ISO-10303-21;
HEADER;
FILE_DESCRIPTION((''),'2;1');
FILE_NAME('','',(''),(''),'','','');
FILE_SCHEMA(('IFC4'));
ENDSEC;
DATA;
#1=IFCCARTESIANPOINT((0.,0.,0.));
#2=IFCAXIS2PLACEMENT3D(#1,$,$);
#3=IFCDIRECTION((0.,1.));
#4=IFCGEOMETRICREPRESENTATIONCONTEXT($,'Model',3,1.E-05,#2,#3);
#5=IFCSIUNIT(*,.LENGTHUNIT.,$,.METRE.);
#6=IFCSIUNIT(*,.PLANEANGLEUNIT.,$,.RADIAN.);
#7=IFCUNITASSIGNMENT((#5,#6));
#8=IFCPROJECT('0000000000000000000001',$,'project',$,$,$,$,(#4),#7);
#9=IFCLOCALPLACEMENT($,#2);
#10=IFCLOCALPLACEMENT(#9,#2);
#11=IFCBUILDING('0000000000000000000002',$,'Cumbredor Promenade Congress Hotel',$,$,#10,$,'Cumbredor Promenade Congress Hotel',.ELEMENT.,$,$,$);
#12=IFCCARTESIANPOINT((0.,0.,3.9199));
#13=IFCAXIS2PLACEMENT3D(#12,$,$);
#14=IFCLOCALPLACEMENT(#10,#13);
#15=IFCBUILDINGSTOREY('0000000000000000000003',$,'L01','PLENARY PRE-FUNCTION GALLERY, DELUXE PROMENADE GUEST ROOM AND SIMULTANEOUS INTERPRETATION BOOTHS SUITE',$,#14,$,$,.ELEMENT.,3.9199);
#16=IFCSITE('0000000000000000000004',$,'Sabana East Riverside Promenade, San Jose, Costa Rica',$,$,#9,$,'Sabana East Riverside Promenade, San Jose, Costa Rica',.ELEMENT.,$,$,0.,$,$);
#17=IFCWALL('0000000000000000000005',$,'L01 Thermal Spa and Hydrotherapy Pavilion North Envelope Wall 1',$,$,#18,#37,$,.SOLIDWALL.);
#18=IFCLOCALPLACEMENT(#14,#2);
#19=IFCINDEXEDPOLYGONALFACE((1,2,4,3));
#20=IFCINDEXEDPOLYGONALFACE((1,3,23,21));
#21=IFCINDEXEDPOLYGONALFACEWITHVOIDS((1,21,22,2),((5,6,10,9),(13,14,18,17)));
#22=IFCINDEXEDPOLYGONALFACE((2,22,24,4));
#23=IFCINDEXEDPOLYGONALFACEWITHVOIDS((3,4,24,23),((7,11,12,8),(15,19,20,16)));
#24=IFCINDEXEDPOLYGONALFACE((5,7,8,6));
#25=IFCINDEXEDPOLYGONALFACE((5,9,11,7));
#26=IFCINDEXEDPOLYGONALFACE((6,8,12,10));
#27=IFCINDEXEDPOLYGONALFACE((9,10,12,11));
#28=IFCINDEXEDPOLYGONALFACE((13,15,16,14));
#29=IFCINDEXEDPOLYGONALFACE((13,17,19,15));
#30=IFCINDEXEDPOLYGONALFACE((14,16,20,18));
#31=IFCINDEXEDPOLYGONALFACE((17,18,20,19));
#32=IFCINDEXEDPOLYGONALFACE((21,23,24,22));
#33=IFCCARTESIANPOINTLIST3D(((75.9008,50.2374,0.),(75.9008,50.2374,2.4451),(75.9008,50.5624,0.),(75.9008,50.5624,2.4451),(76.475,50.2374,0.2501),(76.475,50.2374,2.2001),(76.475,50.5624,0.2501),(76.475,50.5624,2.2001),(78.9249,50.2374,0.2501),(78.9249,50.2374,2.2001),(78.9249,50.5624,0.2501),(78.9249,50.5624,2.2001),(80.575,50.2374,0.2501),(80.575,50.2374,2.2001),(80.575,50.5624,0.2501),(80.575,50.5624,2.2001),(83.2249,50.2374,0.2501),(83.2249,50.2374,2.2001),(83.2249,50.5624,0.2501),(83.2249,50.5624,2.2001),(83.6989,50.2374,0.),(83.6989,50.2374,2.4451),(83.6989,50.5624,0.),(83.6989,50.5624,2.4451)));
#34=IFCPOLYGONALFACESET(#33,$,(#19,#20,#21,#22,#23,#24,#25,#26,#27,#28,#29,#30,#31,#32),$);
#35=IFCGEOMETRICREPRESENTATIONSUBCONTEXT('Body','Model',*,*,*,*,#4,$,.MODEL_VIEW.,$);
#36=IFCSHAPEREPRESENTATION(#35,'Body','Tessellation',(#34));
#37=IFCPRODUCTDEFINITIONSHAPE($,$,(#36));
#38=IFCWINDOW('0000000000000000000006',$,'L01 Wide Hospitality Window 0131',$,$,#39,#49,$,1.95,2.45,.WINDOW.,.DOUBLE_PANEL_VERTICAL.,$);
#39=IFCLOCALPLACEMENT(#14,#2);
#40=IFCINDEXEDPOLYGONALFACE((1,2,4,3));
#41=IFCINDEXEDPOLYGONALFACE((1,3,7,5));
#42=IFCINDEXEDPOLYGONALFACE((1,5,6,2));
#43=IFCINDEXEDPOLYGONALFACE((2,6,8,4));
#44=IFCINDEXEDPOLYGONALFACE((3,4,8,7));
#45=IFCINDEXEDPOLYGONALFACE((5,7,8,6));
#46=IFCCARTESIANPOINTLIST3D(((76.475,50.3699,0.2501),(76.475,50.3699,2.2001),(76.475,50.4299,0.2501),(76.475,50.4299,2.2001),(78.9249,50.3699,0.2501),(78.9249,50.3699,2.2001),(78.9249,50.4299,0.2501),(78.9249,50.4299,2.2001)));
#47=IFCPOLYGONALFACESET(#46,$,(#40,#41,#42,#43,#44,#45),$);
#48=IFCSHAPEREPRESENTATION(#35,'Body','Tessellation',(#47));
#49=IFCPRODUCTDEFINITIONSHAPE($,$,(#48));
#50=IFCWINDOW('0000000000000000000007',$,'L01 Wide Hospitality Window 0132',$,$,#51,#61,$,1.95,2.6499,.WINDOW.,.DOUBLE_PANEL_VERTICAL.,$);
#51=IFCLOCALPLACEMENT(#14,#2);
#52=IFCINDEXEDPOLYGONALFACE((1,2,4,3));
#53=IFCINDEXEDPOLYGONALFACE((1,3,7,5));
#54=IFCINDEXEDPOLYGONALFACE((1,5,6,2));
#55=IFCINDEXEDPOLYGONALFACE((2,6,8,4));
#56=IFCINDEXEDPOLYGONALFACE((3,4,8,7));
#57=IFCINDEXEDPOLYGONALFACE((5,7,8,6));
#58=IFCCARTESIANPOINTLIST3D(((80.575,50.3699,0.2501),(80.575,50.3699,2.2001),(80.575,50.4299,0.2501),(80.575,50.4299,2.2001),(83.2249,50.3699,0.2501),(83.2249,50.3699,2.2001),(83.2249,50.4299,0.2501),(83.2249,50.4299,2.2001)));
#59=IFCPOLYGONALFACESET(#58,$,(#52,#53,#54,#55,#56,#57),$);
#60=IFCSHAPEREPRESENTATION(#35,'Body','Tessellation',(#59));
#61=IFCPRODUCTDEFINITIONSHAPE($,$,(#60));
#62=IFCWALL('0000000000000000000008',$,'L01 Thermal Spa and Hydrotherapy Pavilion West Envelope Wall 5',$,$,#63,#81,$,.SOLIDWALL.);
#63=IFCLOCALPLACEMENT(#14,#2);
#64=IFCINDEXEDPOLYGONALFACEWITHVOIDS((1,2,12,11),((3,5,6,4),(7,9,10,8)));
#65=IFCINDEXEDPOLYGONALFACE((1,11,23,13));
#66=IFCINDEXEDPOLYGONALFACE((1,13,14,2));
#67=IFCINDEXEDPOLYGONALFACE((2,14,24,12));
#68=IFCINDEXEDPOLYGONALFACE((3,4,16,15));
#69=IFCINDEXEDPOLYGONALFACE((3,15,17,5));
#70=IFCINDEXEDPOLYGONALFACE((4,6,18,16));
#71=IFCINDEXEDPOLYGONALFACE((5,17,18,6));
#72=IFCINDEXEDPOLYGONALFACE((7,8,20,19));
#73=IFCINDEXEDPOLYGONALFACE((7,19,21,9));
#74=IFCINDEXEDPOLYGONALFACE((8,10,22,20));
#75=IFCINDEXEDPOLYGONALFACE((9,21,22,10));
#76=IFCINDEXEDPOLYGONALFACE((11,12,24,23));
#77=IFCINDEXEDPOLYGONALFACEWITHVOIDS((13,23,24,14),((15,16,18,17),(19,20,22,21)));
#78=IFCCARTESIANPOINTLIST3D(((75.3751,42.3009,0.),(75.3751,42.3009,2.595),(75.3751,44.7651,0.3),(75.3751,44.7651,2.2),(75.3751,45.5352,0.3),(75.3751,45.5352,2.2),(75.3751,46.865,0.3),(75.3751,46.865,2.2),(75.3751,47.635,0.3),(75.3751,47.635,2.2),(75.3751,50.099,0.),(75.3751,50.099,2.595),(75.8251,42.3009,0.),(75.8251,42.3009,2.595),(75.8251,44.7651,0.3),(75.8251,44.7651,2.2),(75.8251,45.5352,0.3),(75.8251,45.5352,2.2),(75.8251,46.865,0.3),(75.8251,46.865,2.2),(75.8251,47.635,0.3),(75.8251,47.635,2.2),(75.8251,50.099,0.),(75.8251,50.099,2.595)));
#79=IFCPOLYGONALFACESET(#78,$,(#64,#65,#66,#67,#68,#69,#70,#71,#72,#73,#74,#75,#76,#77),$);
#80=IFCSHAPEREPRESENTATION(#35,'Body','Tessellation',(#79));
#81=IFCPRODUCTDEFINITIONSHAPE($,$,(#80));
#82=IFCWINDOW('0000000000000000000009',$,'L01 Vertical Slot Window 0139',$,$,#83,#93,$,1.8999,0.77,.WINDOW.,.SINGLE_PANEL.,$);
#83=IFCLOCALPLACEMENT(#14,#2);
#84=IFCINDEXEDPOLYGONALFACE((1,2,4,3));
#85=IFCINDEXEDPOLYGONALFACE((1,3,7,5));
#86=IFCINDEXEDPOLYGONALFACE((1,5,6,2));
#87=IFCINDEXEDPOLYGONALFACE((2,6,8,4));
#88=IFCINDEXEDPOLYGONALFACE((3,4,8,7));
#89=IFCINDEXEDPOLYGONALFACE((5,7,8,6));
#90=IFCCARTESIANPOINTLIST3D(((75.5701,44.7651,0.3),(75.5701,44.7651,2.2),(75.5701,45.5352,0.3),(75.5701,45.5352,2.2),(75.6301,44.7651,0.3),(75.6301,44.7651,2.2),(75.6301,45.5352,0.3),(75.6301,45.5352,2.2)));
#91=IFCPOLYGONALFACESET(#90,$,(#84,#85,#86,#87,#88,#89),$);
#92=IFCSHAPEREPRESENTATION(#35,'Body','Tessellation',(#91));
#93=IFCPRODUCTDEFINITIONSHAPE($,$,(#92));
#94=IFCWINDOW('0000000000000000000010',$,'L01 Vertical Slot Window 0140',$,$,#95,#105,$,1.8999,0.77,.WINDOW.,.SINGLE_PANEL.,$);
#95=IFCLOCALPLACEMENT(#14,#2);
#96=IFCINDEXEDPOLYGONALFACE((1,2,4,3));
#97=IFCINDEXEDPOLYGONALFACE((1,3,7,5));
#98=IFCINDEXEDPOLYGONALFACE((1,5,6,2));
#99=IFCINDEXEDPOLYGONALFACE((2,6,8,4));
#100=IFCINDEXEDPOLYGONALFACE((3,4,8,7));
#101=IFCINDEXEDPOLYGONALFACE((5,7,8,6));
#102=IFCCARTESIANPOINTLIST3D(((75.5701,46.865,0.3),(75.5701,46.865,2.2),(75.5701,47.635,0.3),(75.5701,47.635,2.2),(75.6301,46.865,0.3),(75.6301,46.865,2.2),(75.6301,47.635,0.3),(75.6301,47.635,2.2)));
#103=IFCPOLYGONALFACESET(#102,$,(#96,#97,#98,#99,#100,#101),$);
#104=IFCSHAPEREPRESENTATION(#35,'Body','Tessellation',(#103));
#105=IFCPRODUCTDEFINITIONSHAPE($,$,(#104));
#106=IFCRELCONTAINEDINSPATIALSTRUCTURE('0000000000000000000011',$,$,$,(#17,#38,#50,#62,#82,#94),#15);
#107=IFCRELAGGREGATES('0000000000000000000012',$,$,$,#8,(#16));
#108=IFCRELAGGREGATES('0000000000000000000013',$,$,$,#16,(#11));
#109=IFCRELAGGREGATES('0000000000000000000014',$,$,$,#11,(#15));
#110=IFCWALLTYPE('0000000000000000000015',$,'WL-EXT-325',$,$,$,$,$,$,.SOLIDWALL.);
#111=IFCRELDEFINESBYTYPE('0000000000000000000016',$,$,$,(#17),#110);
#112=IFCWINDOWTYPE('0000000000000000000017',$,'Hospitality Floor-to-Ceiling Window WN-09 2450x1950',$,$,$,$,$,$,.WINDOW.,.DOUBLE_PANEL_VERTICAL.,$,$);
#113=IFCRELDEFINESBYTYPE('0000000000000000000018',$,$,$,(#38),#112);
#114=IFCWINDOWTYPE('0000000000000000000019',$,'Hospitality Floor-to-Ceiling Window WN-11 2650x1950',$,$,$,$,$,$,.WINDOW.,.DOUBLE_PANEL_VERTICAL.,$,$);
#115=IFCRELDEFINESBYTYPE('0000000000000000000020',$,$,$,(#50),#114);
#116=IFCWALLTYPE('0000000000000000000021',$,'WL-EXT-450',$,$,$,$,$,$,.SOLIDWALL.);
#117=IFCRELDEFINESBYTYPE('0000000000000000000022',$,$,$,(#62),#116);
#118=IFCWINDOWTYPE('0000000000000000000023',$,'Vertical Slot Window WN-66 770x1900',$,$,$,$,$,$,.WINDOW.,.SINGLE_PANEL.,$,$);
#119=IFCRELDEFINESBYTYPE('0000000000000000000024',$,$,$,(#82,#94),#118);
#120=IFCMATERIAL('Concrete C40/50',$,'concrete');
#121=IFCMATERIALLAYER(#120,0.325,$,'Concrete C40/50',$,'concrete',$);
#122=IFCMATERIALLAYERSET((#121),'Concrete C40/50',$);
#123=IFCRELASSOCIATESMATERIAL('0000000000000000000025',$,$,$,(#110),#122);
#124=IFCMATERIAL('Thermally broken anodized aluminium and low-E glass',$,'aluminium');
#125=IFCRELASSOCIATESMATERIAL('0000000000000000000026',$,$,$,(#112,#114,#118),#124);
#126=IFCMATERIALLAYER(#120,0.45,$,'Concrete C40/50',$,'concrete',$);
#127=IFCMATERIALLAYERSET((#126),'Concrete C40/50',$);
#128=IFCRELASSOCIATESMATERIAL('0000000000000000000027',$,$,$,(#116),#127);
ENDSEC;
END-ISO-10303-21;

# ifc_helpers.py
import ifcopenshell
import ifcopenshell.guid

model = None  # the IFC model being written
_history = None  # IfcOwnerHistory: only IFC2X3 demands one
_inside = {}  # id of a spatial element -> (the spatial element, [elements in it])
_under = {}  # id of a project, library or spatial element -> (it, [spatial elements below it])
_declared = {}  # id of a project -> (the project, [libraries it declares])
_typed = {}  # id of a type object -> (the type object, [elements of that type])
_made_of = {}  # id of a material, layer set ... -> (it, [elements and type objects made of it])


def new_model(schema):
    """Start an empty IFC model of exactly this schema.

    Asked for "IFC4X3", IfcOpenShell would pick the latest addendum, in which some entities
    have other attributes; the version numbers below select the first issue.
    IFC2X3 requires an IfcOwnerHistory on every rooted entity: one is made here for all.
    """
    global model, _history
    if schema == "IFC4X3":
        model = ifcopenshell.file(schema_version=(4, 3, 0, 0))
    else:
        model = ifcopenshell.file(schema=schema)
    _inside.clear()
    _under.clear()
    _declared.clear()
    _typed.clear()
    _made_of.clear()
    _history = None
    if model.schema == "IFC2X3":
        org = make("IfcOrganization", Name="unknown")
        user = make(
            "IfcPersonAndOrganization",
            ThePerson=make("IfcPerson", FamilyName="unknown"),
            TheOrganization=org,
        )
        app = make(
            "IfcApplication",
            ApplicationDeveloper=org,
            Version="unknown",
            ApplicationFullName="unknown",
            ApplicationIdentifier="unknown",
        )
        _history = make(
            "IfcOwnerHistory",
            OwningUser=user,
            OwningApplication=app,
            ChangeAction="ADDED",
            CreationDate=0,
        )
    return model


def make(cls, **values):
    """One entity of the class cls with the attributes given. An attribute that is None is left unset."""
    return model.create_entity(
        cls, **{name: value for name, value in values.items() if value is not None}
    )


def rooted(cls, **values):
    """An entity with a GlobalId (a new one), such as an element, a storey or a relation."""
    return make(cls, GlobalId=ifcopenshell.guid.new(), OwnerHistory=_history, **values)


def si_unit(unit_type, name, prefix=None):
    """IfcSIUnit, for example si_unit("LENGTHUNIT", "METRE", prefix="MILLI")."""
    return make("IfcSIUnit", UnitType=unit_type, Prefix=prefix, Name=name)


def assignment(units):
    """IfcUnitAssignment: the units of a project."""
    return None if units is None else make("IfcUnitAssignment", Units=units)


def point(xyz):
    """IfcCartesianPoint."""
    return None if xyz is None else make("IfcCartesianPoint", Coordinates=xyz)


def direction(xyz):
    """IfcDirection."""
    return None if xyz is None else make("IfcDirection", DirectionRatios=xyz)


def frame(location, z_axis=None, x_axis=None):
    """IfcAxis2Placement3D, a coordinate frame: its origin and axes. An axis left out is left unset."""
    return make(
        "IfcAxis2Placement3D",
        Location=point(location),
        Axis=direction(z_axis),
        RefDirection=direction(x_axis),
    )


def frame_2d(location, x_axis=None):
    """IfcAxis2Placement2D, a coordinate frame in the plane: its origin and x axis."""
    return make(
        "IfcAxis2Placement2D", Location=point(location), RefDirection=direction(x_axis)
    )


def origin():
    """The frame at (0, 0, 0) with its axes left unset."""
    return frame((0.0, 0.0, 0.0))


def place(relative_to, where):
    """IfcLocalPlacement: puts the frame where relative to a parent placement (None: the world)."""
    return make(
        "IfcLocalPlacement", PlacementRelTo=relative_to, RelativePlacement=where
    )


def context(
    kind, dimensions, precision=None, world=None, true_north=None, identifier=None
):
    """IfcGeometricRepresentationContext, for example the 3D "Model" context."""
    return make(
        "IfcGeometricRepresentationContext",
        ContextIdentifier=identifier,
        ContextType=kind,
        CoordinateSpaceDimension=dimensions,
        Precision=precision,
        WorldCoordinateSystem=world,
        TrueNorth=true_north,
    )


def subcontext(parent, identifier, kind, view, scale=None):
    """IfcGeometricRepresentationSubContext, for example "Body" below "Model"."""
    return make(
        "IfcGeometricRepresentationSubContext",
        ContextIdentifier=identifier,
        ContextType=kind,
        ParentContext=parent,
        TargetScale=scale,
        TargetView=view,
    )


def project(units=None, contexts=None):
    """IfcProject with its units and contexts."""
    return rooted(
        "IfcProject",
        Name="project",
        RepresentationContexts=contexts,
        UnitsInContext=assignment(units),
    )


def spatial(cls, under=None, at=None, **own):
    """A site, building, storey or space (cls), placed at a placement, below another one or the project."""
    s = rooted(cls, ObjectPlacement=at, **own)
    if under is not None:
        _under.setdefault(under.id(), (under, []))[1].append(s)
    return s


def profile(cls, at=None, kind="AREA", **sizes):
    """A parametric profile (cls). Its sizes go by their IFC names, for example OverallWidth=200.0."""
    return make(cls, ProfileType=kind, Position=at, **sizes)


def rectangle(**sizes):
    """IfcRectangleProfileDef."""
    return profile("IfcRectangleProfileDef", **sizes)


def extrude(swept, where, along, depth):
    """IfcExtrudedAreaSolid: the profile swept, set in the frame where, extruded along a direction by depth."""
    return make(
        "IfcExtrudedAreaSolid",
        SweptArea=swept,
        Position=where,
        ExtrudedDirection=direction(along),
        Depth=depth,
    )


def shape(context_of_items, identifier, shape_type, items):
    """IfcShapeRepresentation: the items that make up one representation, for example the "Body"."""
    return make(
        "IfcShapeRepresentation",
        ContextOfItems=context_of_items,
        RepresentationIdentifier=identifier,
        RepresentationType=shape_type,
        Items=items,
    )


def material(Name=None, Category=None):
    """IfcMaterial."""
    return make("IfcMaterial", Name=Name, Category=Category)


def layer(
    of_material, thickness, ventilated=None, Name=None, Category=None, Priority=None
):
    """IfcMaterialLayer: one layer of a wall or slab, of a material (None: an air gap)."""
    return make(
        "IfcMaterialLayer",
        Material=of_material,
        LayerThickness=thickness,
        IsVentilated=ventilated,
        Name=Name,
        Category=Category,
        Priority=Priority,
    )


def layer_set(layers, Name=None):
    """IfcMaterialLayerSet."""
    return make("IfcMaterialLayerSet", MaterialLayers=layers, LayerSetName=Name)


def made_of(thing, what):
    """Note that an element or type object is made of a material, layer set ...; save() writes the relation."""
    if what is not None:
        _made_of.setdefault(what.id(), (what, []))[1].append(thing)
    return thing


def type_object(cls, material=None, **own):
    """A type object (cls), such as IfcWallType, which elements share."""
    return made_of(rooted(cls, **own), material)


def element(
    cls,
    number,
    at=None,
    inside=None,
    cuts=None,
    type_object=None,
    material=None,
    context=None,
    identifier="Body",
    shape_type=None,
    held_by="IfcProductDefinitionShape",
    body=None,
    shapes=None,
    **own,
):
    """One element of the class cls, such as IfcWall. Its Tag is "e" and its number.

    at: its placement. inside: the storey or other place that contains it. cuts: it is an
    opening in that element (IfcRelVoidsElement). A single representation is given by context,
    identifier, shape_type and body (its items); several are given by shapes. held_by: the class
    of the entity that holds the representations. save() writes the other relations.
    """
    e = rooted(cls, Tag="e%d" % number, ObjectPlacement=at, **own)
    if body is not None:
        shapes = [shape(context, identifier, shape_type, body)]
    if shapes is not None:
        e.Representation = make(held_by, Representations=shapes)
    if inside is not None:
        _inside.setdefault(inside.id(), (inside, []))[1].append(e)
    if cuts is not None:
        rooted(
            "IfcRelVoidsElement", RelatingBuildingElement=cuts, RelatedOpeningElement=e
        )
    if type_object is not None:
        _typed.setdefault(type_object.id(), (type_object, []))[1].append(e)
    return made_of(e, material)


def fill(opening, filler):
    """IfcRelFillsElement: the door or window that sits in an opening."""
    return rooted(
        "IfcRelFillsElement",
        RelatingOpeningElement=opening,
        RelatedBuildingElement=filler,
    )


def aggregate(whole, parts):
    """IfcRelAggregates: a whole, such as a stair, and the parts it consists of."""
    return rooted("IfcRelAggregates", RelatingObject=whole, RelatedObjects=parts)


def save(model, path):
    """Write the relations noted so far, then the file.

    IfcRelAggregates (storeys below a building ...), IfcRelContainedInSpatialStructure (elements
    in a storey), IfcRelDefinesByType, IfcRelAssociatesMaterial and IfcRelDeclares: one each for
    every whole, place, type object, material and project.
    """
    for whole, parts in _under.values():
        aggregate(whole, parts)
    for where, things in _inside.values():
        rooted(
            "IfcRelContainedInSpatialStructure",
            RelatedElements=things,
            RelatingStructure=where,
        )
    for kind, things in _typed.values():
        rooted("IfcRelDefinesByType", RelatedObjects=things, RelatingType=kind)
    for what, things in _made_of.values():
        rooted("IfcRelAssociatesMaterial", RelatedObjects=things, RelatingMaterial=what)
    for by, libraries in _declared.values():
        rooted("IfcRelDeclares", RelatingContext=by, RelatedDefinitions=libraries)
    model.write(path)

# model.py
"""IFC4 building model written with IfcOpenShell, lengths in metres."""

from ifc_helpers import new_model, si_unit, direction, frame, frame_2d, origin, place, context, subcontext, project, spatial, rectangle, extrude, material, layer, layer_set, type_object, element, fill, save


model = new_model("IFC4")

# Units and contexts
model_context = context("Model", 3, precision=1e-05, world=origin(), true_north=direction((0.0, 1.0)))
body_context = subcontext(model_context, "Body", "Model", "MODEL_VIEW")
ifc_project = project(units=[si_unit("LENGTHUNIT", "METRE"), si_unit("PLANEANGLEUNIT", "RADIAN")], contexts=[model_context])

# Site, building, storey
site_placement = place(None, origin())
site = spatial("IfcSite", under=ifc_project, at=site_placement, Name="Sabana East Riverside Promenade, San Jose, Costa Rica", LongName="Sabana East Riverside Promenade, San Jose, Costa Rica", CompositionType="ELEMENT", RefElevation=0.0)
building_placement = place(site_placement, origin())
building = spatial("IfcBuilding", under=site, at=building_placement, Name="Cumbredor Promenade Congress Hotel", LongName="Cumbredor Promenade Congress Hotel", CompositionType="ELEMENT")
storey_placement = place(building_placement, frame((0.0, 0.0, 3.9199)))
storey = spatial("IfcBuildingStorey", under=building, at=storey_placement, Name="L01", Description="PLENARY PRE-FUNCTION GALLERY, DELUXE PROMENADE GUEST ROOM AND SIMULTANEOUS INTERPRETATION BOOTHS SUITE", CompositionType="ELEMENT", Elevation=3.9199)

# Shared definitions
ifc_material_1 = material(Name="Concrete C40/50", Category="concrete")

# Shared definitions
ifc_material_2 = material(Name="Thermally broken anodized aluminium and low-E glass", Category="aluminium")

# Walls, openings, windows
ifc_layer_1 = layer(ifc_material_1, 0.325, Name="Concrete C40/50", Category="concrete")
ifc_layer_set_1 = layer_set([ifc_layer_1], Name="Concrete C40/50")
wall_type_1 = type_object("IfcWallType", Name="WL-EXT-325", PredefinedType="SOLIDWALL", material=ifc_layer_set_1)
wall_1_placement = place(storey_placement, frame((75.9009, 50.3999, 0.0), z_axis=(0.0, 0.0, 1.0), x_axis=(1.0, 0.0, 0.0)))
wall_1 = element("IfcWall", 1, at=wall_1_placement, inside=storey, type_object=wall_type_1, Name="L01 Thermal Spa and Hydrotherapy Pavilion North Envelope Wall 1", PredefinedType="SOLIDWALL", context=body_context, shape_type="SweptSolid", body=[
    extrude(rectangle(XDim=7.7981, YDim=0.325, at=frame_2d((3.8989, 0.0))), origin(), (0.0, 0.0, 1.0), 2.4451),
])
opening_1_placement = place(wall_1_placement, frame((0.574, 0.0, 0.25)))
opening_1 = element("IfcOpeningElement", 2, at=opening_1_placement, cuts=wall_1, PredefinedType="OPENING", context=body_context, shape_type="SweptSolid", body=[
    extrude(rectangle(XDim=2.45, YDim=1.95, at=frame_2d((1.2251, 0.9751))), frame((0.0, 0.1724, 0.0), z_axis=(0.0, -1.0, 0.0), x_axis=(1.0, 0.0, 0.0)), (0.0, 0.0, 1.0), 0.345),
])
opening_2_placement = place(wall_1_placement, frame((4.6741, 0.0, 0.25)))
opening_2 = element("IfcOpeningElement", 3, at=opening_2_placement, cuts=wall_1, PredefinedType="OPENING", context=body_context, shape_type="SweptSolid", body=[
    extrude(rectangle(XDim=2.6499, YDim=1.95, at=frame_2d((1.325, 0.9751))), frame((0.0, 0.1724, 0.0), z_axis=(0.0, -1.0, 0.0), x_axis=(1.0, 0.0, 0.0)), (0.0, 0.0, 1.0), 0.345),
])
window_type_1 = type_object("IfcWindowType", Name="Hospitality Floor-to-Ceiling Window WN-09 2450x1950", PartitioningType="DOUBLE_PANEL_VERTICAL", PredefinedType="WINDOW", material=ifc_material_2)
window_1_placement = place(opening_1_placement, origin())
window_1 = element("IfcWindow", 4, at=window_1_placement, inside=storey, type_object=window_type_1, Name="L01 Wide Hospitality Window 0131", OverallHeight=1.95, OverallWidth=2.45, PartitioningType="DOUBLE_PANEL_VERTICAL", PredefinedType="WINDOW", context=body_context, shape_type="SweptSolid", body=[
    extrude(rectangle(XDim=2.45, YDim=1.95, at=frame_2d((1.2251, 0.9751))), frame((0.0, 0.03, 0.0), z_axis=(0.0, -1.0, 0.0), x_axis=(1.0, 0.0, 0.0)), (0.0, 0.0, 1.0), 0.0601),
])
fill(opening_1, window_1)
window_type_2 = type_object("IfcWindowType", Name="Hospitality Floor-to-Ceiling Window WN-11 2650x1950", PartitioningType="DOUBLE_PANEL_VERTICAL", PredefinedType="WINDOW", material=ifc_material_2)
window_2_placement = place(opening_2_placement, origin())
window_2 = element("IfcWindow", 5, at=window_2_placement, inside=storey, type_object=window_type_2, Name="L01 Wide Hospitality Window 0132", OverallHeight=1.95, OverallWidth=2.6499, PartitioningType="DOUBLE_PANEL_VERTICAL", PredefinedType="WINDOW", context=body_context, shape_type="SweptSolid", body=[
    extrude(rectangle(XDim=2.6499, YDim=1.95, at=frame_2d((1.325, 0.9751))), frame((0.0, 0.03, 0.0), z_axis=(0.0, -1.0, 0.0), x_axis=(1.0, 0.0, 0.0)), (0.0, 0.0, 1.0), 0.0601),
])
fill(opening_2, window_2)
ifc_layer_2 = layer(ifc_material_1, 0.45, Name="Concrete C40/50", Category="concrete")
ifc_layer_set_2 = layer_set([ifc_layer_2], Name="Concrete C40/50")
wall_type_2 = type_object("IfcWallType", Name="WL-EXT-450", PredefinedType="SOLIDWALL", material=ifc_layer_set_2)
wall_2_placement = place(storey_placement, frame((75.6001, 42.301, 0.0), z_axis=(0.0, 0.0, 1.0), x_axis=(0.0, 1.0, 0.0)))
wall_2 = element("IfcWall", 6, at=wall_2_placement, inside=storey, type_object=wall_type_2, Name="L01 Thermal Spa and Hydrotherapy Pavilion West Envelope Wall 5", PredefinedType="SOLIDWALL", context=body_context, shape_type="SweptSolid", body=[
    extrude(rectangle(XDim=7.7981, YDim=0.45, at=frame_2d((3.8989, 0.0))), origin(), (0.0, 0.0, 1.0), 2.595),
])
opening_3_placement = place(wall_2_placement, frame((2.4641, 0.0, 0.3)))
opening_3 = element("IfcOpeningElement", 7, at=opening_3_placement, cuts=wall_2, PredefinedType="OPENING", context=body_context, shape_type="SweptSolid", body=[
    extrude(rectangle(XDim=0.77, YDim=1.8999, at=frame_2d((0.385, 0.95))), frame((0.0, 0.2349, 0.0), z_axis=(0.0, -1.0, 0.0), x_axis=(1.0, 0.0, 0.0)), (0.0, 0.0, 1.0), 0.47),
])
opening_4_placement = place(wall_2_placement, frame((4.564, 0.0, 0.3)))
opening_4 = element("IfcOpeningElement", 8, at=opening_4_placement, cuts=wall_2, PredefinedType="OPENING", context=body_context, shape_type="SweptSolid", body=[
    extrude(rectangle(XDim=0.77, YDim=1.8999, at=frame_2d((0.385, 0.95))), frame((0.0, 0.2349, 0.0), z_axis=(0.0, -1.0, 0.0), x_axis=(1.0, 0.0, 0.0)), (0.0, 0.0, 1.0), 0.47),
])
window_type_3 = type_object("IfcWindowType", Name="Vertical Slot Window WN-66 770x1900", PartitioningType="SINGLE_PANEL", PredefinedType="WINDOW", material=ifc_material_2)
window_3_placement = place(opening_3_placement, origin())
window_3 = element("IfcWindow", 9, at=window_3_placement, inside=storey, type_object=window_type_3, Name="L01 Vertical Slot Window 0139", OverallHeight=1.8999, OverallWidth=0.77, PartitioningType="SINGLE_PANEL", PredefinedType="WINDOW", context=body_context, shape_type="SweptSolid", body=[
    extrude(rectangle(XDim=0.77, YDim=1.8999, at=frame_2d((0.385, 0.95))), frame((0.0, 0.03, 0.0), z_axis=(0.0, -1.0, 0.0), x_axis=(1.0, 0.0, 0.0)), (0.0, 0.0, 1.0), 0.0601),
])
fill(opening_3, window_3)
window_4_placement = place(opening_4_placement, origin())
window_4 = element("IfcWindow", 10, at=window_4_placement, inside=storey, type_object=window_type_3, Name="L01 Vertical Slot Window 0140", OverallHeight=1.8999, OverallWidth=0.77, PartitioningType="SINGLE_PANEL", PredefinedType="WINDOW", context=body_context, shape_type="SweptSolid", body=[
    extrude(rectangle(XDim=0.77, YDim=1.8999, at=frame_2d((0.385, 0.95))), frame((0.0, 0.03, 0.0), z_axis=(0.0, -1.0, 0.0), x_axis=(1.0, 0.0, 0.0)), (0.0, 0.0, 1.0), 0.0601),
])
fill(opening_4, window_4)

save(model, "model.ifc")
